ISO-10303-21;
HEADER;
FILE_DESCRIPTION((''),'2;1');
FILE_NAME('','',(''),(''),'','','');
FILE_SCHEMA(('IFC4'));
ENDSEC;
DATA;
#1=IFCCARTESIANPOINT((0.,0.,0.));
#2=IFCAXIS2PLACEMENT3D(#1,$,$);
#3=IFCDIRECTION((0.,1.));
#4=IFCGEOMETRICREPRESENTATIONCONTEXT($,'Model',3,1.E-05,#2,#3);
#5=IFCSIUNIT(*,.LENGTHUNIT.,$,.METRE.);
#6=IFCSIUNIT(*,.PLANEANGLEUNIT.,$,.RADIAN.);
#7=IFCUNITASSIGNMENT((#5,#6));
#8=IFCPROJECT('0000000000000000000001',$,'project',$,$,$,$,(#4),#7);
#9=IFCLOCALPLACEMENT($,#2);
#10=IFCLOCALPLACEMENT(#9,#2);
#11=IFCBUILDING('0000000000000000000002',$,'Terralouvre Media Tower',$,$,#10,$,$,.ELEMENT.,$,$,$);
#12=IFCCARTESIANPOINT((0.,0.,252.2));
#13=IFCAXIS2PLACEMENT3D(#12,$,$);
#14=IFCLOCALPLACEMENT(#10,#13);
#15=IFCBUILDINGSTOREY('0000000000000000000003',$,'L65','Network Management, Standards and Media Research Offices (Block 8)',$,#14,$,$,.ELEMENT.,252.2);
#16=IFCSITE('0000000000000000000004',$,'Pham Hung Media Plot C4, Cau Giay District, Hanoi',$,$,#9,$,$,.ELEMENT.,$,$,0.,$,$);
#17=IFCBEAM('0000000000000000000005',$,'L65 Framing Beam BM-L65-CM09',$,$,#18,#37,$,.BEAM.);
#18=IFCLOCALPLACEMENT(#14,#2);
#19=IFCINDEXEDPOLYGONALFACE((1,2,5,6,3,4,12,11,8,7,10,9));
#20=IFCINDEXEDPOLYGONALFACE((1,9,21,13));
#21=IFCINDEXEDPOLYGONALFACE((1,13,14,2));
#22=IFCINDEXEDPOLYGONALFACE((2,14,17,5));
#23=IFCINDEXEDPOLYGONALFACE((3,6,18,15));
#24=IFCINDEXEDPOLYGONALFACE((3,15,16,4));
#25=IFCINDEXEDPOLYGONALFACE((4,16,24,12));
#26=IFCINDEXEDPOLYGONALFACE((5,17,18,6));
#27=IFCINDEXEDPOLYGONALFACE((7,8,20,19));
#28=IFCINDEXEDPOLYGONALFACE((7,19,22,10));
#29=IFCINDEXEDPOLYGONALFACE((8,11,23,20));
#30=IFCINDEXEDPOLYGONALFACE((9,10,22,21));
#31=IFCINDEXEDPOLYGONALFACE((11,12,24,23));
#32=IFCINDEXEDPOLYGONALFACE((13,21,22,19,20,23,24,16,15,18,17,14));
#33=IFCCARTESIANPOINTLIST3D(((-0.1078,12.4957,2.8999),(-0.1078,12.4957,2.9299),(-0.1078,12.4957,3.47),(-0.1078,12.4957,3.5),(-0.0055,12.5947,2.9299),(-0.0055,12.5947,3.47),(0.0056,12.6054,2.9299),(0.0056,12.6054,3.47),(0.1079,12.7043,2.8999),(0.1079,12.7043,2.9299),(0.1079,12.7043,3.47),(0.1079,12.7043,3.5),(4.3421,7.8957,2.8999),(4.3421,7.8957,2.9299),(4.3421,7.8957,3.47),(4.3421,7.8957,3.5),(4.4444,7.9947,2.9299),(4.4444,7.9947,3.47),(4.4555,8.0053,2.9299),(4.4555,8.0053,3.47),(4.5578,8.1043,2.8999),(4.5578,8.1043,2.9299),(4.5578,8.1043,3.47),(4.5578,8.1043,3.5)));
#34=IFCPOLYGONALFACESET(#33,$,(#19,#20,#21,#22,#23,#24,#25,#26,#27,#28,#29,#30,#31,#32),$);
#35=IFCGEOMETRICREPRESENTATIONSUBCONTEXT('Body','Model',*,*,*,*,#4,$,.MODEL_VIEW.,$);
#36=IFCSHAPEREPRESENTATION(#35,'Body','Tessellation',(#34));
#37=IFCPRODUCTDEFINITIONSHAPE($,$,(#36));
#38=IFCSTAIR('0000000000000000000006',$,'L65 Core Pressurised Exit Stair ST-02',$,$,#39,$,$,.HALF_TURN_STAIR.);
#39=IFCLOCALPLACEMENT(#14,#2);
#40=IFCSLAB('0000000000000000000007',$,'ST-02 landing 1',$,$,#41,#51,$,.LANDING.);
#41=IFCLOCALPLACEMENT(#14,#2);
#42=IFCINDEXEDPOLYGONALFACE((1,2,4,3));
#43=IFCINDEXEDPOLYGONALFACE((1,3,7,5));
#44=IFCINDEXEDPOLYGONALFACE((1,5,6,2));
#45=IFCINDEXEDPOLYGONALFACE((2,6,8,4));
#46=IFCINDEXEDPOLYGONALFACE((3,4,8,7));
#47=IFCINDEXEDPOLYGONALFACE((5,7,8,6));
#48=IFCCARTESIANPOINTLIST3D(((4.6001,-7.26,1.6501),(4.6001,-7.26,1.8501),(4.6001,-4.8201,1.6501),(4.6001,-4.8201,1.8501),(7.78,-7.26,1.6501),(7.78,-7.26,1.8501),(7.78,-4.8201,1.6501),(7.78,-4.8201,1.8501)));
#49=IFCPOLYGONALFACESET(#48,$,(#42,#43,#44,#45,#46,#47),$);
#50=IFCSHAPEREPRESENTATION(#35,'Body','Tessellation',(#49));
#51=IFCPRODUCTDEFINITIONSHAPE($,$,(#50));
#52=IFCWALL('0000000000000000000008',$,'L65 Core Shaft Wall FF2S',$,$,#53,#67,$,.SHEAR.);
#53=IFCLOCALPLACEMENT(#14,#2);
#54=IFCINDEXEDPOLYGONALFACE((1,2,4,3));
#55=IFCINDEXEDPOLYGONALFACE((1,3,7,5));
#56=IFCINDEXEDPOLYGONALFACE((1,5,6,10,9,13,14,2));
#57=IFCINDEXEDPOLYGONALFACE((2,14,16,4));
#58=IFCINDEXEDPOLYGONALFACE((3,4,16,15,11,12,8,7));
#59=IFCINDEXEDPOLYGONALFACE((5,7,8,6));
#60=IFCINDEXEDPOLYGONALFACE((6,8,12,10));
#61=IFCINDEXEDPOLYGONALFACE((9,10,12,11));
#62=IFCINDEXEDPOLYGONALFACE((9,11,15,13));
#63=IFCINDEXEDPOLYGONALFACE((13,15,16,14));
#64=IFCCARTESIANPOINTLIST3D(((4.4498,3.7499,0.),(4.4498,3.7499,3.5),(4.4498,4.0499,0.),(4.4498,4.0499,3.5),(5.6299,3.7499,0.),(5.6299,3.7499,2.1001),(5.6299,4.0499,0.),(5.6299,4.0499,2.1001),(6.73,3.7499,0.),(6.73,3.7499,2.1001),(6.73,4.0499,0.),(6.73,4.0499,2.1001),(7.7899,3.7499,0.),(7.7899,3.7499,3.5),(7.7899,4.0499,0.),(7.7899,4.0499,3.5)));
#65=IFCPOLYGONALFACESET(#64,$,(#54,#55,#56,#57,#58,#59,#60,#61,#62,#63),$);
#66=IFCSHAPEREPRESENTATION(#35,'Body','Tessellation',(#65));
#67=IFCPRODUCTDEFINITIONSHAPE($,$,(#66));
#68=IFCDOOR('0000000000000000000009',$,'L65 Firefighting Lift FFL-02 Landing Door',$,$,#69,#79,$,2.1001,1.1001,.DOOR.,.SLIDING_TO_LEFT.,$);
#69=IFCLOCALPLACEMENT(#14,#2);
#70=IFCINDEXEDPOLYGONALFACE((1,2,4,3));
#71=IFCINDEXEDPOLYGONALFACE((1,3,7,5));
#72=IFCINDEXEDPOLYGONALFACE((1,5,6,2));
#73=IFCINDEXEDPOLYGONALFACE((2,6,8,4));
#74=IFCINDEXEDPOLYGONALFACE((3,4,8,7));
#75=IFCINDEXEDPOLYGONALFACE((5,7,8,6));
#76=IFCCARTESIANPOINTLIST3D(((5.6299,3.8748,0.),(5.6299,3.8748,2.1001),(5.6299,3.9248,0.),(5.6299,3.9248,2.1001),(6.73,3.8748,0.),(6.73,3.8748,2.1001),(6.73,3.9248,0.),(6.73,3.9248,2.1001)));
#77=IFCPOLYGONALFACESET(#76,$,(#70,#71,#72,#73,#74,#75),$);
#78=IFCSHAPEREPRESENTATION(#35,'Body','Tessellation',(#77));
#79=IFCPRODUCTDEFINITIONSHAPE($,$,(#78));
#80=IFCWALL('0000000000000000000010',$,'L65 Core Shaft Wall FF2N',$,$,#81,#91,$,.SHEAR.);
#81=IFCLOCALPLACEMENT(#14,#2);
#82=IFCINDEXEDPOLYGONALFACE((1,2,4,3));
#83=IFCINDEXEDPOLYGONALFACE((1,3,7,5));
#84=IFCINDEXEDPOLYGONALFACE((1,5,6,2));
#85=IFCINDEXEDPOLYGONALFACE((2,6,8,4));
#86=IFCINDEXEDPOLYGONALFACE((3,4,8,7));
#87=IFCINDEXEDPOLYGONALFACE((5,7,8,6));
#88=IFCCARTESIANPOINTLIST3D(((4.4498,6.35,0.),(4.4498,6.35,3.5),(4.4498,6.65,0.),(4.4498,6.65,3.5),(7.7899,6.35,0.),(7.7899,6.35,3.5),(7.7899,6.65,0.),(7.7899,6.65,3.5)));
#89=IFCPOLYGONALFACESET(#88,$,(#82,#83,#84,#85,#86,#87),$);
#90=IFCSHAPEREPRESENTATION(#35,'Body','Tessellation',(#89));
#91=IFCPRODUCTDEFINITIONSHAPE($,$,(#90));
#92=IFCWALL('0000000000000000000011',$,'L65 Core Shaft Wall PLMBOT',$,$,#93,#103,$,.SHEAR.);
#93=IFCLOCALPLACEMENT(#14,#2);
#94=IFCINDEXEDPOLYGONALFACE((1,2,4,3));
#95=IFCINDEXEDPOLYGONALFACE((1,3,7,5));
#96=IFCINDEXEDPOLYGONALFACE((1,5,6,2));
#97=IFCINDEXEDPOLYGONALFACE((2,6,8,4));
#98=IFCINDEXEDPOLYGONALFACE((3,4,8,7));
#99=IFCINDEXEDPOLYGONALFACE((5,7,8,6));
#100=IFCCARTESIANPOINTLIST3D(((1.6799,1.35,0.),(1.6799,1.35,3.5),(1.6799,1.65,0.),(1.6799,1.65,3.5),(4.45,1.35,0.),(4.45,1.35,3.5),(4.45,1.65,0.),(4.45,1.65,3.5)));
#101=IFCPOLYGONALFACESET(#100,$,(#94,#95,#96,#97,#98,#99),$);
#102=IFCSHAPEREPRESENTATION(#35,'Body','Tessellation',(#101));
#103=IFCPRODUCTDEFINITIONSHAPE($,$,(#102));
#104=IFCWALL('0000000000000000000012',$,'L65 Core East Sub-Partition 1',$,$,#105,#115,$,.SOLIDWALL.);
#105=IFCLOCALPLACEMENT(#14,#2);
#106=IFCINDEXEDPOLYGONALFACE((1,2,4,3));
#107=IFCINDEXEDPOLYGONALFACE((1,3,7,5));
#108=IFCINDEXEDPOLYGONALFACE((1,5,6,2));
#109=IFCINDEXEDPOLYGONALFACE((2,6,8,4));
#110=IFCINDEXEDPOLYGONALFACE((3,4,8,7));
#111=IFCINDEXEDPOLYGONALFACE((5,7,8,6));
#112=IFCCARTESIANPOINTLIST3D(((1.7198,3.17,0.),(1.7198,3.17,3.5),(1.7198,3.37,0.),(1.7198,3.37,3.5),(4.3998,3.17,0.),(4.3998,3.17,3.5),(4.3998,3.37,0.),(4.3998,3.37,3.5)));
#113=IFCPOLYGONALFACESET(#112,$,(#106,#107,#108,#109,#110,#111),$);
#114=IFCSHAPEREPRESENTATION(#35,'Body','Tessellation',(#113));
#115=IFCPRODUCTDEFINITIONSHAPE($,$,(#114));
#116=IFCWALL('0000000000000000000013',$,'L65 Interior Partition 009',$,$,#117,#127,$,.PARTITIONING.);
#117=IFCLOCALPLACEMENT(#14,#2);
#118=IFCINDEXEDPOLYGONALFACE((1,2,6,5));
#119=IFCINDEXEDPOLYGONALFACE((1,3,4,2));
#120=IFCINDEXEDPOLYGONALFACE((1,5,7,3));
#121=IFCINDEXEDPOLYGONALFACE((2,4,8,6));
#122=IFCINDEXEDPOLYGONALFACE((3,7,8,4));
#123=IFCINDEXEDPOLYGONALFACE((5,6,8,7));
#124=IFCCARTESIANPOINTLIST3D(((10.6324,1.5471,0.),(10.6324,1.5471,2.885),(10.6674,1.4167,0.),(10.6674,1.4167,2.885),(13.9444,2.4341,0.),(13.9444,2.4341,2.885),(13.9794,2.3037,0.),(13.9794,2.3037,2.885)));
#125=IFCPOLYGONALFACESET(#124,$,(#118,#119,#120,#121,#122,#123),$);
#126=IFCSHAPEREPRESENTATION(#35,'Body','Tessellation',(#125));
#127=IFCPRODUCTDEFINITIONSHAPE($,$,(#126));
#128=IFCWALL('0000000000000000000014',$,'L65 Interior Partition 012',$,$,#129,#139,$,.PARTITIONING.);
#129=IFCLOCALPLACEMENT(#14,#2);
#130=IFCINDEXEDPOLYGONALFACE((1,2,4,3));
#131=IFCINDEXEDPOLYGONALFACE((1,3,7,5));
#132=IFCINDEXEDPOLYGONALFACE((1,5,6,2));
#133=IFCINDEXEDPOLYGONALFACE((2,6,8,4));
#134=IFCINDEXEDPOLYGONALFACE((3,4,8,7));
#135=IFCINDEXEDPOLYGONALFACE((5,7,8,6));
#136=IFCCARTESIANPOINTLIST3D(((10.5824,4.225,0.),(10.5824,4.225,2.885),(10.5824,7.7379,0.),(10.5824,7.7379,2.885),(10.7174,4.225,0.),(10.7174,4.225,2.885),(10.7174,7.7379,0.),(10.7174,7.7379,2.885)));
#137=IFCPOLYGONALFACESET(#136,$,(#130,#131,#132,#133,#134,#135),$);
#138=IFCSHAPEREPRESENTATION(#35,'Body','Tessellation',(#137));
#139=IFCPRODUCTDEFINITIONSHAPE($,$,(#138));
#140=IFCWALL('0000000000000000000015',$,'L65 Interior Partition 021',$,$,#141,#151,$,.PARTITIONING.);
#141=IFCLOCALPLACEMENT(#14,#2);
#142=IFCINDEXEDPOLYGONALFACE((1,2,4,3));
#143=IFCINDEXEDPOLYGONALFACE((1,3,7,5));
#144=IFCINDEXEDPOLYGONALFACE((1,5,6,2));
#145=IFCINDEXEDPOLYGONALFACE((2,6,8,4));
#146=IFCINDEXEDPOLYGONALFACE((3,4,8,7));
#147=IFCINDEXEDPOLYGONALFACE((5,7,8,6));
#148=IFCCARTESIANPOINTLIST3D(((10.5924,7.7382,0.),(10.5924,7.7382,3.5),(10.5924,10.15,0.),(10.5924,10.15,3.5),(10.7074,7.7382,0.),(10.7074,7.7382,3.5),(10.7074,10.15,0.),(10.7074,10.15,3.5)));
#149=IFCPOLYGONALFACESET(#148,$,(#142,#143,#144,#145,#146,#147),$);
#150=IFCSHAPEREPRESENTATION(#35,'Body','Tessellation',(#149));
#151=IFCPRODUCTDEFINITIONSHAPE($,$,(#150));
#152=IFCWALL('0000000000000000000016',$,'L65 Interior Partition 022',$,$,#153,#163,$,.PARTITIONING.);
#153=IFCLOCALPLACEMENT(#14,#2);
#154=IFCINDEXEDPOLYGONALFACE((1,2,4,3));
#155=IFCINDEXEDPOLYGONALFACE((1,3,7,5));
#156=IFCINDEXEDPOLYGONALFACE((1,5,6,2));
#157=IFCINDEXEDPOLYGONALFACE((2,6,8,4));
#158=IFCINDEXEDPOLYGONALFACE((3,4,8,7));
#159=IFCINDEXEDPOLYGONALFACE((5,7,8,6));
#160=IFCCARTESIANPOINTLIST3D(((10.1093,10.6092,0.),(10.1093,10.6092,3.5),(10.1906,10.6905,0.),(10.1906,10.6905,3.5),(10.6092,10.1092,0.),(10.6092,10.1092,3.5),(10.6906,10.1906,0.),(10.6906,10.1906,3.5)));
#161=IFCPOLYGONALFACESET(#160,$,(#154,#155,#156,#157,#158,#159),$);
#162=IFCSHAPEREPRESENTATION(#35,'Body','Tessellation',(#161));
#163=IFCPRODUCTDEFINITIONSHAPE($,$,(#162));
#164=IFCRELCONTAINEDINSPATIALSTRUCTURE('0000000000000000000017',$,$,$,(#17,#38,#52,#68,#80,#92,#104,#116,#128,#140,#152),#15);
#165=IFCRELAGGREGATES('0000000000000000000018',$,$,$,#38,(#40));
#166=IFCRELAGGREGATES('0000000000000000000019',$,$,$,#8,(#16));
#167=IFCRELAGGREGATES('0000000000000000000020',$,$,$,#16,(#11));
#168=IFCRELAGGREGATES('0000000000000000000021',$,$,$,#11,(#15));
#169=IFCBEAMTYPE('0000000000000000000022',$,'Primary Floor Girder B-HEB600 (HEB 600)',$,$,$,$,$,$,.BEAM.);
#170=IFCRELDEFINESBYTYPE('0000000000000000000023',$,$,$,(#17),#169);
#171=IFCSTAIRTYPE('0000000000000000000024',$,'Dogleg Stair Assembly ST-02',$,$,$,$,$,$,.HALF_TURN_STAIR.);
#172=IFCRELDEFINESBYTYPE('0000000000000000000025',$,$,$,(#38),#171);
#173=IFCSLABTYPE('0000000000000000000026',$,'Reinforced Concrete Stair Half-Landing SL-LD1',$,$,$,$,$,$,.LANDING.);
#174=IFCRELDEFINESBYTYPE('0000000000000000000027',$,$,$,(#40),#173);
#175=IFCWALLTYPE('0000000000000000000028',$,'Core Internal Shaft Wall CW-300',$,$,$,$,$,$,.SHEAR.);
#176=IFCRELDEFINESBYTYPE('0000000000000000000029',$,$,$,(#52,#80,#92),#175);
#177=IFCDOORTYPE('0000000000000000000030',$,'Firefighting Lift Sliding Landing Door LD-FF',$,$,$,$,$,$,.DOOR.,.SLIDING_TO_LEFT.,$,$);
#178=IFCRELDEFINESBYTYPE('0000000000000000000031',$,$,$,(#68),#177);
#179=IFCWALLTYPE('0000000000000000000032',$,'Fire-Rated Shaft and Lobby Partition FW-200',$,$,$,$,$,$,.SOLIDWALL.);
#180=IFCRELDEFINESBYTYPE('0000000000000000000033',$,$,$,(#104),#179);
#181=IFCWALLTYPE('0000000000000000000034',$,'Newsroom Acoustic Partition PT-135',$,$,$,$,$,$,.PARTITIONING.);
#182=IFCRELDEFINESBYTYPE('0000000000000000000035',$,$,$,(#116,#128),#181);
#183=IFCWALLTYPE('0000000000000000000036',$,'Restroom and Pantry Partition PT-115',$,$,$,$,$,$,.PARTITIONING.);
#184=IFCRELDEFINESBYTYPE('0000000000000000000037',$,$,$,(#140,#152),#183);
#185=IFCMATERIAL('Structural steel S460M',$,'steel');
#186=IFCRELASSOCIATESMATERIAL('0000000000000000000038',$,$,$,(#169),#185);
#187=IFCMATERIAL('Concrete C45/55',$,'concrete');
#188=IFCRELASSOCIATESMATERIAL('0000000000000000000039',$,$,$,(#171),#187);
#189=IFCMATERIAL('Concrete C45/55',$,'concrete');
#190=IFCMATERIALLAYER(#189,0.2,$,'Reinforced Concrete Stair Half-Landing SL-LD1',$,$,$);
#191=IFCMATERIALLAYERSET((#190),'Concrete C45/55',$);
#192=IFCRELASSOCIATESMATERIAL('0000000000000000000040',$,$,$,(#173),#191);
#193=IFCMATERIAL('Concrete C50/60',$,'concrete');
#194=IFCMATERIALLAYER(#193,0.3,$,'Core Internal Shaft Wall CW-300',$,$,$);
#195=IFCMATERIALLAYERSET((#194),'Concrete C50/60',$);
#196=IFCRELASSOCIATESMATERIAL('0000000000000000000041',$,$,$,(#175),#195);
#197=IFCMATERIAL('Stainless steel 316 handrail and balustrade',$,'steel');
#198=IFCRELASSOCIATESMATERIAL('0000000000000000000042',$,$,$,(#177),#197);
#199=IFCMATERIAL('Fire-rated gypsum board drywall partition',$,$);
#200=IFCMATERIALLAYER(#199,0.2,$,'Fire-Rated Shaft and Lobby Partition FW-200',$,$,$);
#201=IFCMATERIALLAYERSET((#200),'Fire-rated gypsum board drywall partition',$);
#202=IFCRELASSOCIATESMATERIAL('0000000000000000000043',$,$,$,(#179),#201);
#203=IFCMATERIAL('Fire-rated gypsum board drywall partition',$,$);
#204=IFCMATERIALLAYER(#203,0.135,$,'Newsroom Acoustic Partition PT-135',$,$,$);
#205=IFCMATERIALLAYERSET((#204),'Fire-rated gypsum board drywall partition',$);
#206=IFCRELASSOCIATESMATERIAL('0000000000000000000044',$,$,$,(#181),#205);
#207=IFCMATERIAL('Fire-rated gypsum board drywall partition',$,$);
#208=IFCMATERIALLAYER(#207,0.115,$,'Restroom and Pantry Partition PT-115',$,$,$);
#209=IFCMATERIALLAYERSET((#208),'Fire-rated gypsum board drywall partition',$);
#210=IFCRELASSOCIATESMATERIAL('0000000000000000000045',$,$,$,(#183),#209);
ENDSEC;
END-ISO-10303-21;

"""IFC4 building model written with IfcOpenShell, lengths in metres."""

from ifc_helpers import new_model, si_unit, direction, frame, frame_2d, origin, origin_2d, place, context, subcontext, project, spatial, polyline, rectangle, i_section, outline, extrude, material, layer, layer_set, material_profile, profile_set, type_object, element, fill, aggregate, save


model = new_model("IFC4")

# Units and contexts
model_context = context("Model", 3, precision=1e-05, world=origin(), true_north=direction((0.0, 1.0)))
body_context = subcontext(model_context, "Body", "Model", "MODEL_VIEW")
ifc_project = project(units=[si_unit("LENGTHUNIT", "METRE"), si_unit("PLANEANGLEUNIT", "RADIAN")], contexts=[model_context])

# Site, building, storey
site_placement = place(None, origin())
site = spatial("IfcSite", under=ifc_project, at=site_placement, Name="Pham Hung Media Plot C4, Cau Giay District, Hanoi", CompositionType="ELEMENT", RefElevation=0.0)
building_placement = place(site_placement, origin())
building = spatial("IfcBuilding", under=site, at=building_placement, Name="Terralouvre Media Tower", CompositionType="ELEMENT")
storey_placement = place(building_placement, frame((0.0, 0.0, 252.2)))
storey = spatial("IfcBuildingStorey", under=building, at=storey_placement, Name="L65", Description="Network Management, Standards and Media Research Offices (Block 8)", CompositionType="ELEMENT", Elevation=252.2)

# Beam
ifc_material_1 = material(Name="Structural steel S460M", Category="steel")
ifc_material_profile_1 = material_profile(ifc_material_1, i_section(OverallWidth=0.3, OverallDepth=0.6001, WebThickness=0.0154, FlangeThickness=0.03, at=origin_2d()), Name="HEB 600")
ifc_profile_set_1 = profile_set([ifc_material_profile_1], Name="Structural steel S460M")
beam_type = type_object("IfcBeamType", Name="Primary Floor Girder B-HEB600 (HEB 600)", PredefinedType="BEAM", material=ifc_profile_set_1)
beam_1_placement = place(storey_placement, frame((4.45, 8.0, 3.2), z_axis=(-0.69528, 0.718739, 0.0), x_axis=(-0.718739, -0.69528, 0.0)))
element("IfcBeam", 1, at=beam_1_placement, inside=storey, type_object=beam_type, Name="L65 Framing Beam BM-L65-CM09", PredefinedType="BEAM", context=body_context, shape_type="SweptSolid", body=[
    extrude(i_section(OverallWidth=0.3, OverallDepth=0.6001, WebThickness=0.0154, FlangeThickness=0.03, at=origin_2d()), origin(), (0.0, 0.0, 1.0), 6.4001),
])

# Stair, slab
ifc_material_2 = material(Name="Concrete C45/55", Category="concrete")
stair_type = type_object("IfcStairType", Name="Dogleg Stair Assembly ST-02", PredefinedType="HALF_TURN_STAIR", material=ifc_material_2)
stair_placement = place(storey_placement, origin())
stair = element("IfcStair", 2, at=stair_placement, inside=storey, type_object=stair_type, Name="L65 Core Pressurised Exit Stair ST-02", PredefinedType="HALF_TURN_STAIR")
ifc_material_3 = material(Name="Concrete C45/55", Category="concrete")
ifc_layer_1 = layer(ifc_material_3, 0.2, Name="Reinforced Concrete Stair Half-Landing SL-LD1")
ifc_layer_set_1 = layer_set([ifc_layer_1], Name="Concrete C45/55")
slab_type = type_object("IfcSlabType", Name="Reinforced Concrete Stair Half-Landing SL-LD1", PredefinedType="LANDING", material=ifc_layer_set_1)
slab_placement = place(storey_placement, frame((0.0, 0.0, 1.6501)))
slab = element("IfcSlab", 3, at=slab_placement, type_object=slab_type, Name="ST-02 landing 1", PredefinedType="LANDING", context=body_context, shape_type="SweptSolid", body=[
    extrude(outline(polyline([(4.6001, -4.8201), (4.6001, -7.26), (7.78, -7.26), (7.78, -4.8201), (4.6001, -4.8201)])), origin(), (0.0, 0.0, 1.0), 0.2),
])
aggregate(stair, [slab])

# Wall, opening, door
ifc_material_4 = material(Name="Concrete C50/60", Category="concrete")
ifc_layer_2 = layer(ifc_material_4, 0.3, Name="Core Internal Shaft Wall CW-300")
ifc_layer_set_2 = layer_set([ifc_layer_2], Name="Concrete C50/60")
wall_type_1 = type_object("IfcWallType", Name="Core Internal Shaft Wall CW-300", PredefinedType="SHEAR", material=ifc_layer_set_2)
wall_1_placement = place(storey_placement, frame((4.45, 3.8999, 0.0), z_axis=(0.0, 0.0, 1.0), x_axis=(1.0, 0.0, 0.0)))
wall_1 = element("IfcWall", 4, at=wall_1_placement, inside=storey, type_object=wall_type_1, Name="L65 Core Shaft Wall FF2S", PredefinedType="SHEAR", context=body_context, shape_type="SweptSolid", body=[
    extrude(rectangle(XDim=3.3401, YDim=0.3, at=frame_2d((1.6699, 0.0))), origin(), (0.0, 0.0, 1.0), 3.5),
])
opening_placement = place(wall_1_placement, frame((1.1799, 0.0, 0.0)))
opening = element("IfcOpeningElement", 5, at=opening_placement, cuts=wall_1, PredefinedType="OPENING", context=body_context, shape_type="SweptSolid", body=[
    extrude(rectangle(XDim=1.1001, YDim=2.1001, at=frame_2d((0.55, 1.05))), frame((0.0, 0.1599, 0.0), z_axis=(0.0, -1.0, 0.0), x_axis=(1.0, 0.0, 0.0)), (0.0, 0.0, 1.0), 0.3201),
])
ifc_material_5 = material(Name="Stainless steel 316 handrail and balustrade", Category="steel")
door_type = type_object("IfcDoorType", Name="Firefighting Lift Sliding Landing Door LD-FF", OperationType="SLIDING_TO_LEFT", PredefinedType="DOOR", material=ifc_material_5)
door_placement = place(opening_placement, origin())
door = element("IfcDoor", 6, at=door_placement, inside=storey, type_object=door_type, Name="L65 Firefighting Lift FFL-02 Landing Door", OperationType="SLIDING_TO_LEFT", OverallHeight=2.1001, OverallWidth=1.1001, PredefinedType="DOOR", context=body_context, shape_type="SweptSolid", body=[
    extrude(rectangle(XDim=1.1001, YDim=2.1001, at=frame_2d((0.55, 1.05))), frame((0.0, 0.0249, 0.0), z_axis=(0.0, -1.0, 0.0), x_axis=(1.0, 0.0, 0.0)), (0.0, 0.0, 1.0), 0.05),
])
fill(opening, door)

# Walls
wall_2_placement = place(storey_placement, frame((4.45, 6.5, 0.0), z_axis=(0.0, 0.0, 1.0), x_axis=(1.0, 0.0, 0.0)))
element("IfcWall", 7, at=wall_2_placement, inside=storey, type_object=wall_type_1, Name="L65 Core Shaft Wall FF2N", PredefinedType="SHEAR", context=body_context, shape_type="SweptSolid", body=[
    extrude(rectangle(XDim=3.3401, YDim=0.3, at=frame_2d((1.6699, 0.0))), origin(), (0.0, 0.0, 1.0), 3.5),
])
wall_3_placement = place(storey_placement, frame((1.6799, 1.5, 0.0), z_axis=(0.0, 0.0, 1.0), x_axis=(1.0, 0.0, 0.0)))
element("IfcWall", 8, at=wall_3_placement, inside=storey, type_object=wall_type_1, Name="L65 Core Shaft Wall PLMBOT", PredefinedType="SHEAR", context=body_context, shape_type="SweptSolid", body=[
    extrude(rectangle(XDim=2.77, YDim=0.3, at=frame_2d((1.385, 0.0))), origin(), (0.0, 0.0, 1.0), 3.5),
])
ifc_material_6 = material(Name="Fire-rated gypsum board drywall partition")
ifc_layer_3 = layer(ifc_material_6, 0.2, Name="Fire-Rated Shaft and Lobby Partition FW-200")
ifc_layer_set_3 = layer_set([ifc_layer_3], Name="Fire-rated gypsum board drywall partition")
wall_type_2 = type_object("IfcWallType", Name="Fire-Rated Shaft and Lobby Partition FW-200", PredefinedType="SOLIDWALL", material=ifc_layer_set_3)
wall_4_placement = place(storey_placement, frame((1.72, 3.27, 0.0), z_axis=(0.0, 0.0, 1.0), x_axis=(1.0, 0.0, 0.0)))
element("IfcWall", 9, at=wall_4_placement, inside=storey, type_object=wall_type_2, Name="L65 Core East Sub-Partition 1", PredefinedType="SOLIDWALL", context=body_context, shape_type="SweptSolid", body=[
    extrude(rectangle(XDim=2.6799, YDim=0.2, at=frame_2d((1.3398, 0.0))), origin(), (0.0, 0.0, 1.0), 3.5),
])
ifc_material_7 = material(Name="Fire-rated gypsum board drywall partition")
ifc_layer_4 = layer(ifc_material_7, 0.135, Name="Newsroom Acoustic Partition PT-135")
ifc_layer_set_4 = layer_set([ifc_layer_4], Name="Fire-rated gypsum board drywall partition")
wall_type_3 = type_object("IfcWallType", Name="Newsroom Acoustic Partition PT-135", PredefinedType="PARTITIONING", material=ifc_layer_set_4)
wall_5_placement = place(storey_placement, frame((10.6499, 1.4819, 0.0), z_axis=(0.0, 0.0, 1.0), x_axis=(0.965961, 0.258686, 0.0)))
element("IfcWall", 10, at=wall_5_placement, inside=storey, type_object=wall_type_3, Name="L65 Interior Partition 009", PredefinedType="PARTITIONING", context=body_context, shape_type="SweptSolid", body=[
    extrude(rectangle(XDim=3.4287, YDim=0.135, at=frame_2d((1.7144, 0.0))), origin(), (0.0, 0.0, 1.0), 2.885),
])
wall_6_placement = place(storey_placement, frame((10.6499, 4.2251, 0.0), z_axis=(0.0, 0.0, 1.0), x_axis=(0.0, 1.0, 0.0)))
element("IfcWall", 11, at=wall_6_placement, inside=storey, type_object=wall_type_3, Name="L65 Interior Partition 012", PredefinedType="PARTITIONING", context=body_context, shape_type="SweptSolid", body=[
    extrude(rectangle(XDim=3.5129, YDim=0.135, at=frame_2d((1.7563, 0.0))), origin(), (0.0, 0.0, 1.0), 2.885),
])
ifc_material_8 = material(Name="Fire-rated gypsum board drywall partition")
ifc_layer_5 = layer(ifc_material_8, 0.115, Name="Restroom and Pantry Partition PT-115")
ifc_layer_set_5 = layer_set([ifc_layer_5], Name="Fire-rated gypsum board drywall partition")
wall_type_4 = type_object("IfcWallType", Name="Restroom and Pantry Partition PT-115", PredefinedType="PARTITIONING", material=ifc_layer_set_5)
wall_7_placement = place(storey_placement, frame((10.6499, 7.738, 0.0), z_axis=(0.0, 0.0, 1.0), x_axis=(0.0, 1.0, 0.0)))
element("IfcWall", 12, at=wall_7_placement, inside=storey, type_object=wall_type_4, Name="L65 Interior Partition 021", PredefinedType="PARTITIONING", context=body_context, shape_type="SweptSolid", body=[
    extrude(rectangle(XDim=2.4119, YDim=0.115, at=frame_2d((1.2061, 0.0))), origin(), (0.0, 0.0, 1.0), 3.5),
])
wall_8_placement = place(storey_placement, frame((10.6499, 10.1499, 0.0), z_axis=(0.0, 0.0, 1.0), x_axis=(-0.707107, 0.707107, 0.0)))
element("IfcWall", 13, at=wall_8_placement, inside=storey, type_object=wall_type_4, Name="L65 Interior Partition 022", PredefinedType="PARTITIONING", context=body_context, shape_type="SweptSolid", body=[
    extrude(rectangle(XDim=0.707, YDim=0.115, at=frame_2d((0.3535, 0.0))), origin(), (0.0, 0.0, 1.0), 3.5),
])

save(model, "model.ifc")
